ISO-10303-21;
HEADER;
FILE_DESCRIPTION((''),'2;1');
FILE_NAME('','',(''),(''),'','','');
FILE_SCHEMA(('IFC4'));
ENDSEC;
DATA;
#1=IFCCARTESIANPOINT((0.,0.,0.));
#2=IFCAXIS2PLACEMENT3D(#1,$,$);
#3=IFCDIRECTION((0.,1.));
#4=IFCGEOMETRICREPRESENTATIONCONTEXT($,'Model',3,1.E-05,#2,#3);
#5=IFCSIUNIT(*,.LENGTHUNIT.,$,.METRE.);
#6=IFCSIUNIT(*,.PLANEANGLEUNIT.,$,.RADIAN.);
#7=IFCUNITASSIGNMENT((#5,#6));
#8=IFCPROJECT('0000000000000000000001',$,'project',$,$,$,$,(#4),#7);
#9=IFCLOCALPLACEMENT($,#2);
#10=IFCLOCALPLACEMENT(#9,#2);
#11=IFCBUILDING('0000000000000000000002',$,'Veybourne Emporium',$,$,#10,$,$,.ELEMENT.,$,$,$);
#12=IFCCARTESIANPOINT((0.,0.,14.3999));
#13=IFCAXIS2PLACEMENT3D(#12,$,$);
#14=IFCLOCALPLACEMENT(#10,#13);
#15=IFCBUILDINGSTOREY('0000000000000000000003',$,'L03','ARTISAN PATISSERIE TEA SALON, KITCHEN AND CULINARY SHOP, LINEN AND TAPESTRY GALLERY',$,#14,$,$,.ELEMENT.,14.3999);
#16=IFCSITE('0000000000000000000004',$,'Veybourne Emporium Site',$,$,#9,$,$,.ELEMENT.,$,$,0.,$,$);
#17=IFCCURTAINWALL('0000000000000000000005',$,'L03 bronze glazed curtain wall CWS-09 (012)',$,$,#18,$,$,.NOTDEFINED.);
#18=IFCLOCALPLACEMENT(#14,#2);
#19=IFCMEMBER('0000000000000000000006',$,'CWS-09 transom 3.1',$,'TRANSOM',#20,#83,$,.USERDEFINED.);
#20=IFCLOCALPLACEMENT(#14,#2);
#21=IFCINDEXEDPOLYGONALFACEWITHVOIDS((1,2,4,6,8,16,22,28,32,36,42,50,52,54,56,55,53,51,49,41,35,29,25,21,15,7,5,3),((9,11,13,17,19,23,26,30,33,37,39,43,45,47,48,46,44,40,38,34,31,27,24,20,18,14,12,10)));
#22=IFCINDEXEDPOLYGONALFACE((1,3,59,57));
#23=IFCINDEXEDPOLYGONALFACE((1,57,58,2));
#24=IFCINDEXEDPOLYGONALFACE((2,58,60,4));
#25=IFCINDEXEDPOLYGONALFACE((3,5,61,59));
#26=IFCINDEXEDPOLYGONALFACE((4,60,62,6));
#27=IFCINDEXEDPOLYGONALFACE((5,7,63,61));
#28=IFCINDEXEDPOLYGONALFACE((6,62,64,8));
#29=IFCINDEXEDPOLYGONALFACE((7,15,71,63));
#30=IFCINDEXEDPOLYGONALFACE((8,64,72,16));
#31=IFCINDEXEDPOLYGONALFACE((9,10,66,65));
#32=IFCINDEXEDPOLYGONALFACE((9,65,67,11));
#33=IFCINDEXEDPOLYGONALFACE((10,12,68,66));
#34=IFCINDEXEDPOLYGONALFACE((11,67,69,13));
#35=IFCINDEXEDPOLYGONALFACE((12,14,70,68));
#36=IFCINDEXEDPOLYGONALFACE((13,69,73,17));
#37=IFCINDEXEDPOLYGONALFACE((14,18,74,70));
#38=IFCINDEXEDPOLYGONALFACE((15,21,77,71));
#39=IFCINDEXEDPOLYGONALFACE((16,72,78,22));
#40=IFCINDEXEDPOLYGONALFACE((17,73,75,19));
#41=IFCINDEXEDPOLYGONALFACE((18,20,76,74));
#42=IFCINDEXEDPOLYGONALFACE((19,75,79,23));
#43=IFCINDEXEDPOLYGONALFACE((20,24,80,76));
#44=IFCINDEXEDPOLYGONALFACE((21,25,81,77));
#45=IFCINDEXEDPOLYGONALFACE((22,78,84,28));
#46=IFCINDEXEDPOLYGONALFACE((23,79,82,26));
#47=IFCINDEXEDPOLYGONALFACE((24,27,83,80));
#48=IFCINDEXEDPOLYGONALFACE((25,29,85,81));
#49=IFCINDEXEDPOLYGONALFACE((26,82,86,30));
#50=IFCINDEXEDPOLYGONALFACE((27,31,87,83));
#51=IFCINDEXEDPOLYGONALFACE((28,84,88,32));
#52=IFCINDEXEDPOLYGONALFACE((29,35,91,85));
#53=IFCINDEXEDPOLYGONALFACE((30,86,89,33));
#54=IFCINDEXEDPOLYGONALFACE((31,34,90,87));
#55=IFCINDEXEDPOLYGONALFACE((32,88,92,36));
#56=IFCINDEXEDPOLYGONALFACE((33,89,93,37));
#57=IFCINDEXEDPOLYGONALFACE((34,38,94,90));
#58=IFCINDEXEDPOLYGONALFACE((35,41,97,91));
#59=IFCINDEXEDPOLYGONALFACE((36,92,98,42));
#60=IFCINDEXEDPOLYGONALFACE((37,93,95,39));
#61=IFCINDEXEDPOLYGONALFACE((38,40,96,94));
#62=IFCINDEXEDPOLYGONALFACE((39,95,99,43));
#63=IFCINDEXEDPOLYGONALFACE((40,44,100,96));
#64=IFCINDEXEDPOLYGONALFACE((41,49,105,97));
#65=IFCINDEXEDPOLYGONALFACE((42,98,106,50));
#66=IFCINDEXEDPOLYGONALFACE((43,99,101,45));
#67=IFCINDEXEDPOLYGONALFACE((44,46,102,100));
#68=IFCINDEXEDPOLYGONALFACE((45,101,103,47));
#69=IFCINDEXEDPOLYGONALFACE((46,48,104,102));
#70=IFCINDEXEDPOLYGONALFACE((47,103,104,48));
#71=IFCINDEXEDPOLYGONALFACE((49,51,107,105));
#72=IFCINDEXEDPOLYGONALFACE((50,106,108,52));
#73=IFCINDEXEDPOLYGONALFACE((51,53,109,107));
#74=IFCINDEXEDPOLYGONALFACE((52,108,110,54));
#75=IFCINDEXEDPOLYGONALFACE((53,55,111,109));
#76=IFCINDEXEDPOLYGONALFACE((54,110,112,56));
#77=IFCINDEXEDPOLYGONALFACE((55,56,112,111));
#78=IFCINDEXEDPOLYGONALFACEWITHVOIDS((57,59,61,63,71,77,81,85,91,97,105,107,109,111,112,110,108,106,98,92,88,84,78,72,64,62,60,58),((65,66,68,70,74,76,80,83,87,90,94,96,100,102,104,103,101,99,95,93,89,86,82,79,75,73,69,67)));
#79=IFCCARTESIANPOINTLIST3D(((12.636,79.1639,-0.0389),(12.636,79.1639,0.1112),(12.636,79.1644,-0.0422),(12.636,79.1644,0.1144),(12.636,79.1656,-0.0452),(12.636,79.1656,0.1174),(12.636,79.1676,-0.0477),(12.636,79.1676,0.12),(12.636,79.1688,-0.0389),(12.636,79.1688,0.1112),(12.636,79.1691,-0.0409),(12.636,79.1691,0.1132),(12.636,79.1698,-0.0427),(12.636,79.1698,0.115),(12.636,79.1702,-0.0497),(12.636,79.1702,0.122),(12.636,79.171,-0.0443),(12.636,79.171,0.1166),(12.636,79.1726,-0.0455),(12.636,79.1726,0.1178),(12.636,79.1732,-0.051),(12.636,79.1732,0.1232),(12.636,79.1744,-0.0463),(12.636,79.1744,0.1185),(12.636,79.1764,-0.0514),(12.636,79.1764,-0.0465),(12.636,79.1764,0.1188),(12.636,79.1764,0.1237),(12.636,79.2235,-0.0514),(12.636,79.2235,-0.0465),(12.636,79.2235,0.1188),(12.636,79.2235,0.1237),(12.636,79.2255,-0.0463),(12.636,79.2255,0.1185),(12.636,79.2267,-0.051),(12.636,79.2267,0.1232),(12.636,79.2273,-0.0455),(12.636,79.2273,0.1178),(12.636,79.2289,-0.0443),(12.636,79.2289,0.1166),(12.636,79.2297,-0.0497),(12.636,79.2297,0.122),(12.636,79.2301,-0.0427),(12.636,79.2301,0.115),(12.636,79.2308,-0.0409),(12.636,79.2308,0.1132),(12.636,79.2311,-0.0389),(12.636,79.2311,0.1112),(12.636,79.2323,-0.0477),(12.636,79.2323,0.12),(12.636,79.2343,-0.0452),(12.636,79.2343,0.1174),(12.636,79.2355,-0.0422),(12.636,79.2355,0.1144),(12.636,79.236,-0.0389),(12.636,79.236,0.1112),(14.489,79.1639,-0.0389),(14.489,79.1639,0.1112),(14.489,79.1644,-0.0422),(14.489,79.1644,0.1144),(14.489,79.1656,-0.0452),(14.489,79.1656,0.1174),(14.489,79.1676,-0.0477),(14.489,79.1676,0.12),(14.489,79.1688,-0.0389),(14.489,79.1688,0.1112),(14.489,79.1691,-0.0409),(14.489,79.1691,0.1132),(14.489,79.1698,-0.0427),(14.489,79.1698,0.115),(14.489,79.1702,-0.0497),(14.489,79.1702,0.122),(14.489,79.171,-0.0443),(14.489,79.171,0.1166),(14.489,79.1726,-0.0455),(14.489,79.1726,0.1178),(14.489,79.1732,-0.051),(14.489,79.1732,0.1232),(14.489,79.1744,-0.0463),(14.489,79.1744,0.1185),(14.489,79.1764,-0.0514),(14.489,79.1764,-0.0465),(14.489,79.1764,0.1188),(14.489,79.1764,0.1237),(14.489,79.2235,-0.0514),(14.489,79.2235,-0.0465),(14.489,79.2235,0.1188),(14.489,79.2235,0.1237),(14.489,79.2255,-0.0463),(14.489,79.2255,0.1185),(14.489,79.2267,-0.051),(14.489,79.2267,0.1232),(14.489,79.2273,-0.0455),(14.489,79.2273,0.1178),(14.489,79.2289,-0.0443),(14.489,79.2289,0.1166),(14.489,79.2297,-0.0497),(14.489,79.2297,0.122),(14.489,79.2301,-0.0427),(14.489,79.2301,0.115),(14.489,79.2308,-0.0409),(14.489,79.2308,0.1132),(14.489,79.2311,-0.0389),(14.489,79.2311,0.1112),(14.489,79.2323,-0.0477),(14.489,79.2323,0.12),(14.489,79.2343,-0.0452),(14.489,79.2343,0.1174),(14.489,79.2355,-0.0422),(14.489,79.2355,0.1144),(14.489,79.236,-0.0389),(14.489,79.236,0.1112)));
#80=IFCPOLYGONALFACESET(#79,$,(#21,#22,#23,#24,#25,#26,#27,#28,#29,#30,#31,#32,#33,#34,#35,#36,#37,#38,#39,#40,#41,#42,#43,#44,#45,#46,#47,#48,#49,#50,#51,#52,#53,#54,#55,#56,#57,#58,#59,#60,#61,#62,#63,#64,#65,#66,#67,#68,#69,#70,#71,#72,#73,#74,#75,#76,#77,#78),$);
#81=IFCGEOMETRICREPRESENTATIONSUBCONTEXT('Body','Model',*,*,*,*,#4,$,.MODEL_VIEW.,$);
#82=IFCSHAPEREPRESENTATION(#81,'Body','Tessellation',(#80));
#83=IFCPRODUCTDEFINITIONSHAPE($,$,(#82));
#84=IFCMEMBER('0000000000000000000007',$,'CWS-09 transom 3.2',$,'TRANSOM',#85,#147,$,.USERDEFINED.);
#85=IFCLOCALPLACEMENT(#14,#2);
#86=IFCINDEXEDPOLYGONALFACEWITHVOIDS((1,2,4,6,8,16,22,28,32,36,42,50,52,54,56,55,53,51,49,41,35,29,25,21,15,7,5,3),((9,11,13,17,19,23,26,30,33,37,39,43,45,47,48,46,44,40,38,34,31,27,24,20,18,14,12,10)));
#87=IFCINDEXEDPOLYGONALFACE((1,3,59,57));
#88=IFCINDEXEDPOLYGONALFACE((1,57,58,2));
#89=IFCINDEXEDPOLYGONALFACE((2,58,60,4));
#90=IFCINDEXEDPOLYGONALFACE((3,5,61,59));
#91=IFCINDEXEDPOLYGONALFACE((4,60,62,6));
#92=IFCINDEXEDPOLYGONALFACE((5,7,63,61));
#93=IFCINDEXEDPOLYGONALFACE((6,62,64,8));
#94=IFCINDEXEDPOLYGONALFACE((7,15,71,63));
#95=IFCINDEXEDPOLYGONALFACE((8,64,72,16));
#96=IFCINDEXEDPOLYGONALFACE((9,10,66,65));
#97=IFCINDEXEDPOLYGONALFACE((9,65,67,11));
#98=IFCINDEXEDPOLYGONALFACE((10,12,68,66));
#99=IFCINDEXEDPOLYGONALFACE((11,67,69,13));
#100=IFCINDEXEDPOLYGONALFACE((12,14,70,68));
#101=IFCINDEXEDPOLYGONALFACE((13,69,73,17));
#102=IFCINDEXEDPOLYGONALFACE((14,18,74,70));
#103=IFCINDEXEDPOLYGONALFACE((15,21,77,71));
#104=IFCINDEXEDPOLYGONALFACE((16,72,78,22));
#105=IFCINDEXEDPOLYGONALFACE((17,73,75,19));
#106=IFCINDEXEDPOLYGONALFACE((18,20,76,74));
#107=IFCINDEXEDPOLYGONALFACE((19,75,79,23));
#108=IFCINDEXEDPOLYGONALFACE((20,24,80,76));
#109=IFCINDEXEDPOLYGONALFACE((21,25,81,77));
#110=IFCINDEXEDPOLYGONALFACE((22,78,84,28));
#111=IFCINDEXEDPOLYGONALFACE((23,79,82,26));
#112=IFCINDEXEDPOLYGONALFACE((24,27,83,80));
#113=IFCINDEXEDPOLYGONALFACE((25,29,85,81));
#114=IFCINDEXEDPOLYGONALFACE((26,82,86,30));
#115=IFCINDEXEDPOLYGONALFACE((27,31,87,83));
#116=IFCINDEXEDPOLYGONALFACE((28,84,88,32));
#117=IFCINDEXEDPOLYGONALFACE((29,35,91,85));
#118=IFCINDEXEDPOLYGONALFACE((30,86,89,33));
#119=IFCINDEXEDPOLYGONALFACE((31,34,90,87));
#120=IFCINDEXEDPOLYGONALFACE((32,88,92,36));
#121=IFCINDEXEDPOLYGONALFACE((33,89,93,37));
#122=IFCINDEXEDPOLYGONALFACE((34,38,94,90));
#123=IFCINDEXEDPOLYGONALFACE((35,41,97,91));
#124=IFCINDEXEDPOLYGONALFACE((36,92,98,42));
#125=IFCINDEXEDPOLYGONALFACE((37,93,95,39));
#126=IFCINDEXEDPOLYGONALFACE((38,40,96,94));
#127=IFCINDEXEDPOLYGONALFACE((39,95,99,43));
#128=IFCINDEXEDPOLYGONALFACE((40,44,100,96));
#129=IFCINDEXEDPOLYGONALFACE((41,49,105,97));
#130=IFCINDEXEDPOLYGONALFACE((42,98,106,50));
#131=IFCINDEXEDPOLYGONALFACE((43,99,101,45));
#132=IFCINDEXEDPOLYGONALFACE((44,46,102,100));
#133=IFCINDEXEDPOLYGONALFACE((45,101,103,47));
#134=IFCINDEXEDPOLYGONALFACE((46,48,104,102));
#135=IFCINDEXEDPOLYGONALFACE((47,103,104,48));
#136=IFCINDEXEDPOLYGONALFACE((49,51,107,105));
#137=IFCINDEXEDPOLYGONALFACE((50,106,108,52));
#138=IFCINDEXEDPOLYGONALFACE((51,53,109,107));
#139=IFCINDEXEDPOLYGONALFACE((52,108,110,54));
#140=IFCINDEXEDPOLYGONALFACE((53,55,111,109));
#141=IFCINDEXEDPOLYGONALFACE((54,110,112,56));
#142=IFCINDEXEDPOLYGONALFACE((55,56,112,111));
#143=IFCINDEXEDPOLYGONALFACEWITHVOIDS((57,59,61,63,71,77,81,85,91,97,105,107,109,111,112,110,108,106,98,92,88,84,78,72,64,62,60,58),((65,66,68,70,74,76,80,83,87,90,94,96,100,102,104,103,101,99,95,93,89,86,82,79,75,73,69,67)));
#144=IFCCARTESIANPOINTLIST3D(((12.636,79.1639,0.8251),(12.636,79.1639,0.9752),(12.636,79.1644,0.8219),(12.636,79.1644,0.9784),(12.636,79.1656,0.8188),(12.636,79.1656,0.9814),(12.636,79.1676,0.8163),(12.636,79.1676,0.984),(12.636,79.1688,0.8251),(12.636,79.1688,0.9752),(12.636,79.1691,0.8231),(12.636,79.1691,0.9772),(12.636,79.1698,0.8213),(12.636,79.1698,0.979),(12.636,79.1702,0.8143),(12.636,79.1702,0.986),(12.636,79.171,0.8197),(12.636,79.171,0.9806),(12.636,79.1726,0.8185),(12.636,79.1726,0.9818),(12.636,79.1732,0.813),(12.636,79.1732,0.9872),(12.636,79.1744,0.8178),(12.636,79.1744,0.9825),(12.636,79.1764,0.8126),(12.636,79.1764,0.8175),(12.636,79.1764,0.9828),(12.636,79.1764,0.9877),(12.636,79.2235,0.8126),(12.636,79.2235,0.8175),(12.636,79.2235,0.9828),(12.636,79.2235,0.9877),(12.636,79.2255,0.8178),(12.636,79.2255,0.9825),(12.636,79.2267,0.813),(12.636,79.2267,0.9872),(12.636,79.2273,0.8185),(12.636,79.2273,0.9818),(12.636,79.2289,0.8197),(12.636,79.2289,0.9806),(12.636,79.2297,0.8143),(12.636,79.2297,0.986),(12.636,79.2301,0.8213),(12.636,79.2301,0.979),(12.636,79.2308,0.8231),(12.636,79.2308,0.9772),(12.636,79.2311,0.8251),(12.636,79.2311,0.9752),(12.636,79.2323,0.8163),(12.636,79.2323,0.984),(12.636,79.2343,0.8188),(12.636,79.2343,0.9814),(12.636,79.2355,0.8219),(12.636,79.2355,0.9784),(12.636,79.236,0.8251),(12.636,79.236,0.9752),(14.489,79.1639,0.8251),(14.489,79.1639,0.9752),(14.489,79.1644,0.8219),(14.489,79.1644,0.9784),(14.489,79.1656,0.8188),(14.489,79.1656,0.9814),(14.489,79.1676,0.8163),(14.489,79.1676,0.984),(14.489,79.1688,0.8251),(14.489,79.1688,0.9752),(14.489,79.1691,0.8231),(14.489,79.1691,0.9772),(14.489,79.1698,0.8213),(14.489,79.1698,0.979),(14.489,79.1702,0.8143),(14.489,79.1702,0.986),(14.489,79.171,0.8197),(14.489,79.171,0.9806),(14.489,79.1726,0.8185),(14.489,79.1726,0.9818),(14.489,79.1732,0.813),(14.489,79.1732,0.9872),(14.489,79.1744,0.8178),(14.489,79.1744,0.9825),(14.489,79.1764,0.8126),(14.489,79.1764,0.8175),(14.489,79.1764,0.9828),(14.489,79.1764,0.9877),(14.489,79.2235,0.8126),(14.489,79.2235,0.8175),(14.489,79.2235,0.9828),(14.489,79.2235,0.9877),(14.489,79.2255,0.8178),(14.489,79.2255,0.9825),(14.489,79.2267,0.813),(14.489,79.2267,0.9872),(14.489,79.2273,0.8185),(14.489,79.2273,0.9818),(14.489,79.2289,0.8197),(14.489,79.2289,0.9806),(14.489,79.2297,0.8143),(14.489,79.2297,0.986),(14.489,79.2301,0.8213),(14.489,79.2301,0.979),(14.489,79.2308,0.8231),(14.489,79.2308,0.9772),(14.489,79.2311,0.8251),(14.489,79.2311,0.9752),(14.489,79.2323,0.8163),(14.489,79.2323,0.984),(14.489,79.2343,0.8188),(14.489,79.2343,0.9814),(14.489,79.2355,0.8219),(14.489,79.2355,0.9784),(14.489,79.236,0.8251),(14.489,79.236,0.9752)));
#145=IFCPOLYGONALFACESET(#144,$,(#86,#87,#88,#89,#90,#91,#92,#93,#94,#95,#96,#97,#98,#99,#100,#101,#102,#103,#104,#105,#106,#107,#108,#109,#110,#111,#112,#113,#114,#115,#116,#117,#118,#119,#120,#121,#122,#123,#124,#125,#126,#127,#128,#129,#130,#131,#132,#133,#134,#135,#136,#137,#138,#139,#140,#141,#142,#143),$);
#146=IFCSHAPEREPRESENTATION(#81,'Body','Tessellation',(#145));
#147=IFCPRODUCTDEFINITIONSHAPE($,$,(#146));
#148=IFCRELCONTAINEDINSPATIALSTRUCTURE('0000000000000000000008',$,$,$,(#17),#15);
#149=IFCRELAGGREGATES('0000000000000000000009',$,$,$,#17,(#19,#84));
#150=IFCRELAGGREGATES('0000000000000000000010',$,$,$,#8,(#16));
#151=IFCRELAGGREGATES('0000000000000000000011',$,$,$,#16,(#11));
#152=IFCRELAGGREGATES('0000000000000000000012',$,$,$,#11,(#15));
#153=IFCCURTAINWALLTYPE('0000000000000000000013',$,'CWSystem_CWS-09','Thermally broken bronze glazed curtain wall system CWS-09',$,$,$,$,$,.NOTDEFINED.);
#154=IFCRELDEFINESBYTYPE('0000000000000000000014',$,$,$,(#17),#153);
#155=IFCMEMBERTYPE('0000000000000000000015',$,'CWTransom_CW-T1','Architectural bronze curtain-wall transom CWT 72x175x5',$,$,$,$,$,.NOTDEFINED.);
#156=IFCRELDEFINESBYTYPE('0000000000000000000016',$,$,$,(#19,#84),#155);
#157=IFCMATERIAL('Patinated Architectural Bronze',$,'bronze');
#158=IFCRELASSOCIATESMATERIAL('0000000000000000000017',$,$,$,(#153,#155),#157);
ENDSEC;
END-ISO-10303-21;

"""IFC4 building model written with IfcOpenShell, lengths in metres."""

from ifc_helpers import new_model, si_unit, direction, frame, origin, origin_2d, place, context, subcontext, project, spatial, hollow_rectangle, extrude, material, material_profile, profile_set, type_object, element, aggregate, save


model = new_model("IFC4")

# Units and contexts
model_context = context("Model", 3, precision=1e-05, world=origin(), true_north=direction((0.0, 1.0)))
body_context = subcontext(model_context, "Body", "Model", "MODEL_VIEW")
ifc_project = project(units=[si_unit("LENGTHUNIT", "METRE"), si_unit("PLANEANGLEUNIT", "RADIAN")], contexts=[model_context])

# Site, building, storey
site_placement = place(None, origin())
site = spatial("IfcSite", under=ifc_project, at=site_placement, Name="Veybourne Emporium Site", CompositionType="ELEMENT", RefElevation=0.0)
building_placement = place(site_placement, origin())
building = spatial("IfcBuilding", under=site, at=building_placement, Name="Veybourne Emporium", CompositionType="ELEMENT")
storey_placement = place(building_placement, frame((0.0, 0.0, 14.3999)))
storey = spatial("IfcBuildingStorey", under=building, at=storey_placement, Name="L03", Description="ARTISAN PATISSERIE TEA SALON, KITCHEN AND CULINARY SHOP, LINEN AND TAPESTRY GALLERY", CompositionType="ELEMENT", Elevation=14.3999)

# Curtain wall
ifc_material_1 = material(Name="Patinated Architectural Bronze", Category="bronze")
curtain_wall_type_1 = type_object("IfcCurtainWallType", Name="CWSystem_CWS-09", Description="Thermally broken bronze glazed curtain wall system CWS-09", PredefinedType="NOTDEFINED", material=ifc_material_1)
curtain_wall_1_placement = place(storey_placement, origin())
curtain_wall_1 = element("IfcCurtainWall", 1, at=curtain_wall_1_placement, inside=storey, type_object=curtain_wall_type_1, Name="L03 bronze glazed curtain wall CWS-09 (012)", PredefinedType="NOTDEFINED")

# Members
ifc_material_profile_1 = material_profile(ifc_material_1, hollow_rectangle(XDim=0.072, YDim=0.175, WallThickness=0.0049, InnerFilletRadius=0.0076, OuterFilletRadius=0.0125, at=origin_2d()), Name="CWT 72x175x5")
ifc_profile_set_1 = profile_set([ifc_material_profile_1], Name="Patinated Architectural Bronze")
member_type_1 = type_object("IfcMemberType", Name="CWTransom_CW-T1", Description="Architectural bronze curtain-wall transom CWT 72x175x5", PredefinedType="NOTDEFINED", material=ifc_profile_set_1)
member_1_placement = place(storey_placement, frame((12.636, 79.2, 0.0361), z_axis=(1.0, 0.0, 0.0), x_axis=(0.0, 1.0, 0.0)))
member_1 = element("IfcMember", 2, at=member_1_placement, type_object=member_type_1, Name="CWS-09 transom 3.1", ObjectType="TRANSOM", PredefinedType="USERDEFINED", context=body_context, shape_type="SweptSolid", body=[
    extrude(hollow_rectangle(XDim=0.072, YDim=0.175, WallThickness=0.0049, InnerFilletRadius=0.0076, OuterFilletRadius=0.0125, at=origin_2d()), origin(), (0.0, 0.0, 1.0), 1.853),
])
member_2_placement = place(storey_placement, frame((12.636, 79.2, 0.9001), z_axis=(1.0, 0.0, 0.0), x_axis=(0.0, 1.0, 0.0)))
member_2 = element("IfcMember", 3, at=member_2_placement, type_object=member_type_1, Name="CWS-09 transom 3.2", ObjectType="TRANSOM", PredefinedType="USERDEFINED", context=body_context, shape_type="SweptSolid", body=[
    extrude(hollow_rectangle(XDim=0.072, YDim=0.175, WallThickness=0.0049, InnerFilletRadius=0.0076, OuterFilletRadius=0.0125, at=origin_2d()), origin(), (0.0, 0.0, 1.0), 1.853),
])

aggregate(curtain_wall_1, [member_1, member_2])

save(model, "model.ifc")
